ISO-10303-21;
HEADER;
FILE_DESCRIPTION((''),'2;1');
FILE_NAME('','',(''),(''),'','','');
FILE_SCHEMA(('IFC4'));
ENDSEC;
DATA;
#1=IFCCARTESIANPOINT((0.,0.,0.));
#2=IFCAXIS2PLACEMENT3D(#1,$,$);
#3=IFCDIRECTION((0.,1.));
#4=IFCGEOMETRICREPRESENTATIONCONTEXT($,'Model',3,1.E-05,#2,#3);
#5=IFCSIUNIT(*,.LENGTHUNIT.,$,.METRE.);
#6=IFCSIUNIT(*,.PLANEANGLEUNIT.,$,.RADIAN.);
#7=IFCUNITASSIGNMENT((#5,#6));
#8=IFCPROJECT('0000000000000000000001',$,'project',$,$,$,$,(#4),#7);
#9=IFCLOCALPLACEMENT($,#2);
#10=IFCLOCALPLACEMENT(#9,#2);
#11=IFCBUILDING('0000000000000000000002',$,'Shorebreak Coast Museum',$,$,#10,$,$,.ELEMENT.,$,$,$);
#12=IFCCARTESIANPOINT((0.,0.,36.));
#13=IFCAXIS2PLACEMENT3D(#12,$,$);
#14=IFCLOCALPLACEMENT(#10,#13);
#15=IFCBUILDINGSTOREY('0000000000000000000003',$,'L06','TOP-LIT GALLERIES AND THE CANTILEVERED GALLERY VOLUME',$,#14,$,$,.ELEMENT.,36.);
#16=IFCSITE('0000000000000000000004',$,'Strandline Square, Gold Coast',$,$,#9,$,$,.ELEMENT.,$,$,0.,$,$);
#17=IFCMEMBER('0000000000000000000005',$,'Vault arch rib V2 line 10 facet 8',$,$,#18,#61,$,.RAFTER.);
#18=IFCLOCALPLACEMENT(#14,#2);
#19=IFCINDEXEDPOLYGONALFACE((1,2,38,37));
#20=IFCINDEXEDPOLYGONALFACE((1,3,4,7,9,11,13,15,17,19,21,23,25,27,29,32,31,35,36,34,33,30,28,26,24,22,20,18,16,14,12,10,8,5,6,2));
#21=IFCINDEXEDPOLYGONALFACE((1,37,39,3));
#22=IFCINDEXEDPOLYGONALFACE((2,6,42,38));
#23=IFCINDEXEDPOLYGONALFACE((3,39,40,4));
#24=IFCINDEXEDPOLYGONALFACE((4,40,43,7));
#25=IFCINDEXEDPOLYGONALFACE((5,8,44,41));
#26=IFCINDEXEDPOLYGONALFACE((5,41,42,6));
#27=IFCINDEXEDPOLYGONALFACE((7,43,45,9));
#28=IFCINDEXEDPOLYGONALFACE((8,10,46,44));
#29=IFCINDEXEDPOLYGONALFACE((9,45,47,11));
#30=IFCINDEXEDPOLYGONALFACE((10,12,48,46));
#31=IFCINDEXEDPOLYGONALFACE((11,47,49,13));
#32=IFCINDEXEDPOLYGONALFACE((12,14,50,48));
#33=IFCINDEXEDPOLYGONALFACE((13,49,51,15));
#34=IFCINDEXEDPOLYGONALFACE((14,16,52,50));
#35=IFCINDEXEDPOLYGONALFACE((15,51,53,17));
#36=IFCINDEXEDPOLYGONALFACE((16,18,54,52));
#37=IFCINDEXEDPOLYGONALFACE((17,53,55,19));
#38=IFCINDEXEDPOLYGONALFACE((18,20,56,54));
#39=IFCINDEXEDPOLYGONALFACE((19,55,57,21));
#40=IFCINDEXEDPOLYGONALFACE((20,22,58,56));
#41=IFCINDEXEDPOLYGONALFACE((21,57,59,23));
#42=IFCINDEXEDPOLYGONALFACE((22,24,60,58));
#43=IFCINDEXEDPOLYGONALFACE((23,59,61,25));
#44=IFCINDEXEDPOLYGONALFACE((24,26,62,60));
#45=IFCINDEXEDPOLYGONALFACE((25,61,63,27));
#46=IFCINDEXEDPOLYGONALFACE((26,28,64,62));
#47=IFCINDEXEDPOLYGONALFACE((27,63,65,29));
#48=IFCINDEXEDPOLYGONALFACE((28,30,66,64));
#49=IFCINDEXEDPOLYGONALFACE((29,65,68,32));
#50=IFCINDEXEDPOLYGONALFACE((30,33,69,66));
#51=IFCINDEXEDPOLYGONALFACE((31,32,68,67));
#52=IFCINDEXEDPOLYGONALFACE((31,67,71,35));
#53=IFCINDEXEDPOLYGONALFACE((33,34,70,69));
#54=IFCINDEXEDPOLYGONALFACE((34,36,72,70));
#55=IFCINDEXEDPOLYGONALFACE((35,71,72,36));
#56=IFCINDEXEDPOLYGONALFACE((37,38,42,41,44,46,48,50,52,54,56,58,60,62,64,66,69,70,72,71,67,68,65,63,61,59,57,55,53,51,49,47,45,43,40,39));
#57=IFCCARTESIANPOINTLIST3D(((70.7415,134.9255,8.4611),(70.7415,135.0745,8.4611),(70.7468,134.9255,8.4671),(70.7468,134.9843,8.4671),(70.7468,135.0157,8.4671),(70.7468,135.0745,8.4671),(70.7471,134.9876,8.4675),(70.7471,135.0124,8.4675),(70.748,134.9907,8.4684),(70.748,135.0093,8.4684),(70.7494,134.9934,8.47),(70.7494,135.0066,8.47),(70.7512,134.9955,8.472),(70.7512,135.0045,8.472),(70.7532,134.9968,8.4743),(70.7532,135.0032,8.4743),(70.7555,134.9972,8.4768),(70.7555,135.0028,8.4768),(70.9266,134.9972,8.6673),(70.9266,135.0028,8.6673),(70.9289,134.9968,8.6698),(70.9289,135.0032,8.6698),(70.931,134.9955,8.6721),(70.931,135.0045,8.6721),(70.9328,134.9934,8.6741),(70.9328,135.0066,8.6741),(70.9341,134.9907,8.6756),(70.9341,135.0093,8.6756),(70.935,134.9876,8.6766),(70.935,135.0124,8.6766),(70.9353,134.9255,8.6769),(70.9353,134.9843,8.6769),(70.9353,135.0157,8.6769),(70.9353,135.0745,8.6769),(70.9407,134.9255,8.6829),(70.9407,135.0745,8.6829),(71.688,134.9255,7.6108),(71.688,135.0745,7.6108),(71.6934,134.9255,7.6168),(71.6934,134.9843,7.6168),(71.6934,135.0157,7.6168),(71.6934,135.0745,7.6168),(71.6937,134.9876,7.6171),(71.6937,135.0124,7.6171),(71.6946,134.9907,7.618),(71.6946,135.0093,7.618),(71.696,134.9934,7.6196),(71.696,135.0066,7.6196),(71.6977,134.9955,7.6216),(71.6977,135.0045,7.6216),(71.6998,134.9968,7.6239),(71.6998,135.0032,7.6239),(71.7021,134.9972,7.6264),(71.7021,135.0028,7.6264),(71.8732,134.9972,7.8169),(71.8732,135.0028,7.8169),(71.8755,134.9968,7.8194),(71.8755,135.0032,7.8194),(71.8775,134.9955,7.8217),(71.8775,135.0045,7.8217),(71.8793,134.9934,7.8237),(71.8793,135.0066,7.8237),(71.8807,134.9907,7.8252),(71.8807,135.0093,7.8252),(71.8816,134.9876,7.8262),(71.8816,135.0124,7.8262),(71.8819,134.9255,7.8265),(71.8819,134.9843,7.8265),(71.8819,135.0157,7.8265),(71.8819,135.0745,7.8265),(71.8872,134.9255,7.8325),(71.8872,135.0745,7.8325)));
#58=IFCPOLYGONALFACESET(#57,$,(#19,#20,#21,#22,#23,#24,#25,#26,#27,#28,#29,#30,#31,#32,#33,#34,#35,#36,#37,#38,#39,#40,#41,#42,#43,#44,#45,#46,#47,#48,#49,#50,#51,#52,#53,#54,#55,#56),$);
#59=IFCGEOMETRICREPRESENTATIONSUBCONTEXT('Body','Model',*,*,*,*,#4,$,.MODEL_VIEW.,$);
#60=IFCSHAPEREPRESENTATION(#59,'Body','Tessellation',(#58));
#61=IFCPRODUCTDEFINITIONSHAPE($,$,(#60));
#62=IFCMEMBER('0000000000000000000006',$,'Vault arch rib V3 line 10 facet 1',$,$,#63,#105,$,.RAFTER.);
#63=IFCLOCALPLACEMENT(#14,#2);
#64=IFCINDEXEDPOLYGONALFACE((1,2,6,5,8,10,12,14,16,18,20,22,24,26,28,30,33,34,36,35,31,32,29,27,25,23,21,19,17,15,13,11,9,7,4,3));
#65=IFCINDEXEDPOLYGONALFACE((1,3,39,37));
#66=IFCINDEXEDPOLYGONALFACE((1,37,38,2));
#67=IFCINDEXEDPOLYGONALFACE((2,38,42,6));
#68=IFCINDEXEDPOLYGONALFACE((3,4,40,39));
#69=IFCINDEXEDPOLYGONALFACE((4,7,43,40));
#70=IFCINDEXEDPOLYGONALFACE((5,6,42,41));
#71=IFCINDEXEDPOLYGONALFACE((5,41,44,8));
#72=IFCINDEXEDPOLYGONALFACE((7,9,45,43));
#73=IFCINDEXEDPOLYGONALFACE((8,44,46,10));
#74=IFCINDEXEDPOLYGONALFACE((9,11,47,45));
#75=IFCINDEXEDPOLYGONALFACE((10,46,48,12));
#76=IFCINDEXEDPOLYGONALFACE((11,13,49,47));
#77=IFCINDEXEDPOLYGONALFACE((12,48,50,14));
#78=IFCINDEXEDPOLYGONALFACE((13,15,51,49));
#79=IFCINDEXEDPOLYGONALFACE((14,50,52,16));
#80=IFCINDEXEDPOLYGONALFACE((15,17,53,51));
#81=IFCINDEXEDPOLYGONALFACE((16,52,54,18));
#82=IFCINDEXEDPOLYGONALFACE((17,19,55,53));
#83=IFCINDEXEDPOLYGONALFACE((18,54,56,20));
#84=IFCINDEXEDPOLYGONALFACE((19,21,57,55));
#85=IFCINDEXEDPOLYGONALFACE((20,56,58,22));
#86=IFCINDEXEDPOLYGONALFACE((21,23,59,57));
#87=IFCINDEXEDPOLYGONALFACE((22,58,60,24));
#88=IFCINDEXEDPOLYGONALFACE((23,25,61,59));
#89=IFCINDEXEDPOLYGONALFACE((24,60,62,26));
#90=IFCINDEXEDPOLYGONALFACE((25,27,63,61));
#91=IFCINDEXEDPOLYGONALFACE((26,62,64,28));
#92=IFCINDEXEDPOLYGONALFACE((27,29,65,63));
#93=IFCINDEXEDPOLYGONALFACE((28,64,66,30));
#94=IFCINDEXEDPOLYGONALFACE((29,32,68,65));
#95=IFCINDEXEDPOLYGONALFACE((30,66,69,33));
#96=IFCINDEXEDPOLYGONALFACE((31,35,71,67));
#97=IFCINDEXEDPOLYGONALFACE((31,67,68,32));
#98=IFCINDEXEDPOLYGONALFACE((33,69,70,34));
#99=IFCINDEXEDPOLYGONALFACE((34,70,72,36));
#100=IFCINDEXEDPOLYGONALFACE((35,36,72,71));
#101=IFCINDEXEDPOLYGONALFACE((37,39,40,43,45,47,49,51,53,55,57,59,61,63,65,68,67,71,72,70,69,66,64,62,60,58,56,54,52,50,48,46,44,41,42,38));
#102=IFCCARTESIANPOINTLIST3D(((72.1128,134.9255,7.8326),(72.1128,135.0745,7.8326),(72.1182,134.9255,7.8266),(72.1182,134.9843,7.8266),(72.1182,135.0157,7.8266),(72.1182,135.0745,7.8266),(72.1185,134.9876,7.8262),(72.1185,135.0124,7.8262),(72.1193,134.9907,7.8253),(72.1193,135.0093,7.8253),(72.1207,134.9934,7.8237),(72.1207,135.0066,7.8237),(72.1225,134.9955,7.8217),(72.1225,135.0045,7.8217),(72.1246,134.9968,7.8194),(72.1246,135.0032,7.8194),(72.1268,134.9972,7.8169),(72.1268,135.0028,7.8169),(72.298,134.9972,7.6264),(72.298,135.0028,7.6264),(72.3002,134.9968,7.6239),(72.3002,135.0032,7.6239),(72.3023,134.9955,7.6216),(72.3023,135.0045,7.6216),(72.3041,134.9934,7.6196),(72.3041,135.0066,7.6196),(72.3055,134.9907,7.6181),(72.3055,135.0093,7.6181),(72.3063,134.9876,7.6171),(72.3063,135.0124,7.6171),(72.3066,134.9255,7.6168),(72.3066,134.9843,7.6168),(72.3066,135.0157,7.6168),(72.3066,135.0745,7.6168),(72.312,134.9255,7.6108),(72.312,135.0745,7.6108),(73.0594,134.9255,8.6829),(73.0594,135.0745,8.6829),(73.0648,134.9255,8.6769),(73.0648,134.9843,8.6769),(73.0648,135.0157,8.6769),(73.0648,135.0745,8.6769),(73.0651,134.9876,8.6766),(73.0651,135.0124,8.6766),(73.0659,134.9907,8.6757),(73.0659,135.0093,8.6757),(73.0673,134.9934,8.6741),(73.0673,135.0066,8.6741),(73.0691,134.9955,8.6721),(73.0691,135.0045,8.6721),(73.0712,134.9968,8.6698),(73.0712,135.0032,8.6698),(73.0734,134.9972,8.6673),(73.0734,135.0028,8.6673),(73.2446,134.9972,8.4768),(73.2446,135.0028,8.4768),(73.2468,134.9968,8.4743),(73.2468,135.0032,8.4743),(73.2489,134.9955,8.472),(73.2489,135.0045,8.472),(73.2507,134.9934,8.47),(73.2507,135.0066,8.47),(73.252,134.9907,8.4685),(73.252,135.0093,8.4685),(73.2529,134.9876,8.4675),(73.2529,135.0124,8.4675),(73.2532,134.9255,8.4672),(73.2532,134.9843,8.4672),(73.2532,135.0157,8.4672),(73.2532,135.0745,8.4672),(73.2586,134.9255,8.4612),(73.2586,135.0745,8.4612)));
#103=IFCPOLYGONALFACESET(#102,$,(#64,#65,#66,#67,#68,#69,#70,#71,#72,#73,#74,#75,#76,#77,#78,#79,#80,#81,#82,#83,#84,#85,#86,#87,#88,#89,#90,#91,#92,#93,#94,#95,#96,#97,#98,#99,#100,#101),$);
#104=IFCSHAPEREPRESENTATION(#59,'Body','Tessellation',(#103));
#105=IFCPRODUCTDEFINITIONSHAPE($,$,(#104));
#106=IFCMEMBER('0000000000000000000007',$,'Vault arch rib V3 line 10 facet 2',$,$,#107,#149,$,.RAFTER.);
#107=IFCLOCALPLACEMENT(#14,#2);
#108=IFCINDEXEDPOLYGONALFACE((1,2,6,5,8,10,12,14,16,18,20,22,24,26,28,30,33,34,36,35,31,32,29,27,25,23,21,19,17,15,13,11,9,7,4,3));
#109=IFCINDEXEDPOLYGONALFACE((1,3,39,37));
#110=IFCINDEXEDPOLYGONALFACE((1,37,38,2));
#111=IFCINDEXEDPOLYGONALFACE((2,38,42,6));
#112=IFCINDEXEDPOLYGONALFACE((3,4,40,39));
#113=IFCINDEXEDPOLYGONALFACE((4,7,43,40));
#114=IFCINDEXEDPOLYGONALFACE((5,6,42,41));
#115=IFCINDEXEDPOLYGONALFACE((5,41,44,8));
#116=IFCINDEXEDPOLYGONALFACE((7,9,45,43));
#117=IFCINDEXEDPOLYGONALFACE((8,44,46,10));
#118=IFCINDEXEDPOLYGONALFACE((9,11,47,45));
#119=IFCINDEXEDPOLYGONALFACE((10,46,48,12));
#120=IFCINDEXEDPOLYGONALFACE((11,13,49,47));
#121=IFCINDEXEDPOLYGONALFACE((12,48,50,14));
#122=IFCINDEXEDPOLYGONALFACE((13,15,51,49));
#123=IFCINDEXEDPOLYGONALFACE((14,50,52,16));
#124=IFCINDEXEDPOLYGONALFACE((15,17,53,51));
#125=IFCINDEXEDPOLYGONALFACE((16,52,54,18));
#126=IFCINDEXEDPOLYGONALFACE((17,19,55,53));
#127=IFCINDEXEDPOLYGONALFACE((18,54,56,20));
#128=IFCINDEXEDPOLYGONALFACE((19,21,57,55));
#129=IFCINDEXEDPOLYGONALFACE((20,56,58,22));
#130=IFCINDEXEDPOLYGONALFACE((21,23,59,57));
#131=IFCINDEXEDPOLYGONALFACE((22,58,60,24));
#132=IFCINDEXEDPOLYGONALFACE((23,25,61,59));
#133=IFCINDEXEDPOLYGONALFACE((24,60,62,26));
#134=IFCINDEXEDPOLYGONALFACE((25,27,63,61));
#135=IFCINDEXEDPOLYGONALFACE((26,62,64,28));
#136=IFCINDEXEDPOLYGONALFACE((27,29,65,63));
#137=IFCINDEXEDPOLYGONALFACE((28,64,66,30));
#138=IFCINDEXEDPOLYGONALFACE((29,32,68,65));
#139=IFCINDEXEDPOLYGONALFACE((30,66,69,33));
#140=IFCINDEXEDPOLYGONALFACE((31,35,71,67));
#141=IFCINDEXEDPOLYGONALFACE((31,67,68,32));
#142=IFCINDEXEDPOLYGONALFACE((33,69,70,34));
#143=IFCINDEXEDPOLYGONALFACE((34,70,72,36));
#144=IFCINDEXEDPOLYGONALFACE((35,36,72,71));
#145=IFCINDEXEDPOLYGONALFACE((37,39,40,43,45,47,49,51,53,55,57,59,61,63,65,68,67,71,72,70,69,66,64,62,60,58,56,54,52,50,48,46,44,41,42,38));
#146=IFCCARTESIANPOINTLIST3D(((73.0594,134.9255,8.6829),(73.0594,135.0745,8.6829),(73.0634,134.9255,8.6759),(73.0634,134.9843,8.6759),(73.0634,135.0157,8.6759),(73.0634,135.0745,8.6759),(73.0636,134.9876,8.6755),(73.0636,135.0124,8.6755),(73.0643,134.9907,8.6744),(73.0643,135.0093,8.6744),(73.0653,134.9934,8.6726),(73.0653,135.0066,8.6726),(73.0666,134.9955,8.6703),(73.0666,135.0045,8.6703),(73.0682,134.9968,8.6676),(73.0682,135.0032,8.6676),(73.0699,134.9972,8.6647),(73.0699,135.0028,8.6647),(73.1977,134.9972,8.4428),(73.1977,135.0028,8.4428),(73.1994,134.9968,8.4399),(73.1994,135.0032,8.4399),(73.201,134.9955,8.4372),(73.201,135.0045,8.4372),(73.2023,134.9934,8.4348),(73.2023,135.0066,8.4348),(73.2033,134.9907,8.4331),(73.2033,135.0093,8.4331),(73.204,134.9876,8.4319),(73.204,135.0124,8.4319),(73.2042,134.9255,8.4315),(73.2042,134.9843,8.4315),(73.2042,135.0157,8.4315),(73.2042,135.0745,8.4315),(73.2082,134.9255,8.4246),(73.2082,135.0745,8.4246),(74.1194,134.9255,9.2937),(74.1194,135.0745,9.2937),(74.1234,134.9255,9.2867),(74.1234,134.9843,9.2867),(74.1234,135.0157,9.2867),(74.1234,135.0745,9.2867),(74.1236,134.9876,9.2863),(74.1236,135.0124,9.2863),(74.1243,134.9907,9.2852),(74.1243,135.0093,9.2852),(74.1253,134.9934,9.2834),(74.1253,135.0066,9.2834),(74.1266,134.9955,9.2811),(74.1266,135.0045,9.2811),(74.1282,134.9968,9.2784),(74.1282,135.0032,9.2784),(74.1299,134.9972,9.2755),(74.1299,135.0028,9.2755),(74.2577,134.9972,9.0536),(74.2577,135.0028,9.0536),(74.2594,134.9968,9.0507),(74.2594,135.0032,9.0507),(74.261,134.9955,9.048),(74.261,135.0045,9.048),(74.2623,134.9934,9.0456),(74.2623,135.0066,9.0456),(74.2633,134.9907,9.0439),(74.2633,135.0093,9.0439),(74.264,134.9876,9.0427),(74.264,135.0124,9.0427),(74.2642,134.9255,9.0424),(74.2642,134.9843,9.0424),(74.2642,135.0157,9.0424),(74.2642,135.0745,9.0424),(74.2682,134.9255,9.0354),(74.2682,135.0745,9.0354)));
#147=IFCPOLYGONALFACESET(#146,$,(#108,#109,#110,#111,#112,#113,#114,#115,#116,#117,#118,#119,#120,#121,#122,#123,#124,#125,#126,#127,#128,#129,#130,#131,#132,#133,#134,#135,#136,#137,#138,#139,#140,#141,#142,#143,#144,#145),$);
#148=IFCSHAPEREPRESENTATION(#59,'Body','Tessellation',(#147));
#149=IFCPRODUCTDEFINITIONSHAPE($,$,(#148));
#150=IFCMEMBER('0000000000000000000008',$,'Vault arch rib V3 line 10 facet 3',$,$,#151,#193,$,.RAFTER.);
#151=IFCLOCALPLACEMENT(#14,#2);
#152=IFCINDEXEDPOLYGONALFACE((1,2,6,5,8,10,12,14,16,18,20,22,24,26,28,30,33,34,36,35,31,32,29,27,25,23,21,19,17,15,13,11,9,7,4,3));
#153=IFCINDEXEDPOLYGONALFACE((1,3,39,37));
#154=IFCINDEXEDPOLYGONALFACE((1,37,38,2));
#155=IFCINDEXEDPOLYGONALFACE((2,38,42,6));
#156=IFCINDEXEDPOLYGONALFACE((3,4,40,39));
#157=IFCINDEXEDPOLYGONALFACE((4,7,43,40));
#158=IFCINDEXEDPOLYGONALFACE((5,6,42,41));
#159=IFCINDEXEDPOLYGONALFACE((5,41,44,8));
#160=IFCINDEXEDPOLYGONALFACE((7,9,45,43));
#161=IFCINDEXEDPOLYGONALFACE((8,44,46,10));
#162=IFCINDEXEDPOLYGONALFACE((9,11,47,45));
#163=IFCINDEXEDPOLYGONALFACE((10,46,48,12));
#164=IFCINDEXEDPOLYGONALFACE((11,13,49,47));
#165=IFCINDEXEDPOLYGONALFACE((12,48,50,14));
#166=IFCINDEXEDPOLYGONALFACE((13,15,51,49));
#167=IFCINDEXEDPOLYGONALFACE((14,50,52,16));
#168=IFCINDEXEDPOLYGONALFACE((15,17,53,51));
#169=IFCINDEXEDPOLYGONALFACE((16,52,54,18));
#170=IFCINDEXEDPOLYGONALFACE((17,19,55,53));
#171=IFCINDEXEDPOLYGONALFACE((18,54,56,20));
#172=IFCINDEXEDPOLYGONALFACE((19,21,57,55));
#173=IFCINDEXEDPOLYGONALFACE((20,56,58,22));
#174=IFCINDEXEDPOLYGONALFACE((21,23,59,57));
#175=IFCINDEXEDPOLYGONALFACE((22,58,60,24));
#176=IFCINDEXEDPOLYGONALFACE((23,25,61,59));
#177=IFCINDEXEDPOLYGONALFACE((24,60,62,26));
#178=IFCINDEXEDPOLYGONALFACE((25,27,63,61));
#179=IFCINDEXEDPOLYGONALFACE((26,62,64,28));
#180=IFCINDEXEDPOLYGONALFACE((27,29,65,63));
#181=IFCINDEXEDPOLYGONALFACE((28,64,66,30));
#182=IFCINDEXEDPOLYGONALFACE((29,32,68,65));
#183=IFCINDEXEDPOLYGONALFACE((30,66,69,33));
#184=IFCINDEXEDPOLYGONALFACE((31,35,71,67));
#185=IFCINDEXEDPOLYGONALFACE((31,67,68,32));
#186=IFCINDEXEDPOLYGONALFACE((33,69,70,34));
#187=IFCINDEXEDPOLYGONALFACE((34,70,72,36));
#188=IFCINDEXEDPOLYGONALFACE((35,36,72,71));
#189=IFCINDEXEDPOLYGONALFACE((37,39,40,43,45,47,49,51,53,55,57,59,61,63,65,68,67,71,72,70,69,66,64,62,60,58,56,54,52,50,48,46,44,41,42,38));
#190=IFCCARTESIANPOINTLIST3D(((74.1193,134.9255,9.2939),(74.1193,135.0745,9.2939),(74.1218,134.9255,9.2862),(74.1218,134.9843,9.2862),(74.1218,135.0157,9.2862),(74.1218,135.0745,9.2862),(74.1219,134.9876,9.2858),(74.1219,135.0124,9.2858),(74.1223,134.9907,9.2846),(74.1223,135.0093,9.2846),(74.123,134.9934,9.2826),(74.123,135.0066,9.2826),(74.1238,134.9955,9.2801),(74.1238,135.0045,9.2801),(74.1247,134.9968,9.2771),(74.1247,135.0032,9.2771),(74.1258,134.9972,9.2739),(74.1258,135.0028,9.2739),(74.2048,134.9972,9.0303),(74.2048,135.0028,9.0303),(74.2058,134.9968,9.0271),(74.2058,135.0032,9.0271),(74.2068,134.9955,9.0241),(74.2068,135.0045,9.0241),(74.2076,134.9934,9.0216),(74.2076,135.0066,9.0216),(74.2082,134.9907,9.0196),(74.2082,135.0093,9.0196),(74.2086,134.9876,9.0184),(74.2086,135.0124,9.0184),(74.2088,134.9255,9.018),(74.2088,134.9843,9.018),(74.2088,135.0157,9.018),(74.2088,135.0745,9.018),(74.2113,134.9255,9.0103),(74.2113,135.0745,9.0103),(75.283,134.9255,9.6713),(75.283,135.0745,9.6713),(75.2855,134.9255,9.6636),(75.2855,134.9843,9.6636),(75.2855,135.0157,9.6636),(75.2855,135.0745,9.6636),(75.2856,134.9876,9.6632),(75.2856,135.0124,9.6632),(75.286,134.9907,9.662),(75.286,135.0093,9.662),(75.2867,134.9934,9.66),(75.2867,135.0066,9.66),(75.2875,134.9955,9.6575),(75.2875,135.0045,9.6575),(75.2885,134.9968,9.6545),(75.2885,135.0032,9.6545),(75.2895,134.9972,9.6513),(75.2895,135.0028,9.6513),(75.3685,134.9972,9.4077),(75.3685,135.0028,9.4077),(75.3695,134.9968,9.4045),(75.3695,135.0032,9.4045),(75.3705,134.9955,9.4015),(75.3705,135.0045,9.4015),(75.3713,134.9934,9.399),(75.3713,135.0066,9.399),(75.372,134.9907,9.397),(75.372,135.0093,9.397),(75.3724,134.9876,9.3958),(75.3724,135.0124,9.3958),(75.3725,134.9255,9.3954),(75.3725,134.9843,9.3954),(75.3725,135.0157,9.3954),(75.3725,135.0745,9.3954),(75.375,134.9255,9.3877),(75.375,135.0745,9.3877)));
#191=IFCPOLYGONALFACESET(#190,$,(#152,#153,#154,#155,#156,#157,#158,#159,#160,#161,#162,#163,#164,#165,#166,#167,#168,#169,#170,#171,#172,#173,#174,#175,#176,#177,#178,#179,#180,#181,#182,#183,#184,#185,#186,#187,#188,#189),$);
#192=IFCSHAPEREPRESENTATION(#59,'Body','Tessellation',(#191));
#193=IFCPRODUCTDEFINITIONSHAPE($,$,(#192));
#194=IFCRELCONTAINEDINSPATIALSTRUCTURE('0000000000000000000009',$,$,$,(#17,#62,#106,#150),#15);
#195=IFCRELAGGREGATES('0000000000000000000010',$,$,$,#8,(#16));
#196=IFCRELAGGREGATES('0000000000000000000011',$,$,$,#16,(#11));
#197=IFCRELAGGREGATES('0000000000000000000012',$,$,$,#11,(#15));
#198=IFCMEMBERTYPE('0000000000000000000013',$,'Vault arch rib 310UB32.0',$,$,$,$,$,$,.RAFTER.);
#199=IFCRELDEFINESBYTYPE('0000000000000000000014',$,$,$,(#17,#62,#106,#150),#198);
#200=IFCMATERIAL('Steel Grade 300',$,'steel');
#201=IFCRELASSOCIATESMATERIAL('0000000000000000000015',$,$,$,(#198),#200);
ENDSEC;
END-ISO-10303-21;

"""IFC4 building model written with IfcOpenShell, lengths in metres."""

from ifc_helpers import new_model, si_unit, direction, frame, origin, origin_2d, place, context, subcontext, project, spatial, i_section, extrude, material, material_profile, profile_set, type_object, element, save


model = new_model("IFC4")

# Units and contexts
model_context = context("Model", 3, precision=1e-05, world=origin(), true_north=direction((0.0, 1.0)))
body_context = subcontext(model_context, "Body", "Model", "MODEL_VIEW")
ifc_project = project(units=[si_unit("LENGTHUNIT", "METRE"), si_unit("PLANEANGLEUNIT", "RADIAN")], contexts=[model_context])

# Site, building, storey
site_placement = place(None, origin())
site = spatial("IfcSite", under=ifc_project, at=site_placement, Name="Strandline Square, Gold Coast", CompositionType="ELEMENT", RefElevation=0.0)
building_placement = place(site_placement, origin())
building = spatial("IfcBuilding", under=site, at=building_placement, Name="Shorebreak Coast Museum", CompositionType="ELEMENT")
storey_placement = place(building_placement, frame((0.0, 0.0, 36.0)))
storey = spatial("IfcBuildingStorey", under=building, at=storey_placement, Name="L06", Description="TOP-LIT GALLERIES AND THE CANTILEVERED GALLERY VOLUME", CompositionType="ELEMENT", Elevation=36.0)

# Members
ifc_material_1 = material(Name="Steel Grade 300", Category="steel")
ifc_material_profile_1 = material_profile(ifc_material_1, i_section(OverallWidth=0.1489, OverallDepth=0.2981, WebThickness=0.0056, FlangeThickness=0.0081, FilletRadius=0.0129, at=origin_2d()), Name="310UB32.0")
ifc_profile_set_1 = profile_set([ifc_material_profile_1], Name="Steel Grade 300")
member_type_1 = type_object("IfcMemberType", Name="Vault arch rib 310UB32.0", PredefinedType="RAFTER", material=ifc_profile_set_1)
for number, where, z_axis, x_axis, name in (
    (1, (70.8411, 135.0, 8.572), (0.743895, 0.0, -0.668297), (0.0, 1.0, 0.0), "Vault arch rib V2 line 10 facet 8"),
    (2, (72.2124, 135.0, 7.7217), (0.743895, 0.0, 0.668297), (0.0, 1.0, 0.0), "Vault arch rib V3 line 10 facet 1"),
):
    element("IfcMember", number, at=place(storey_placement, frame(where, z_axis=z_axis, x_axis=x_axis)), inside=storey, type_object=member_type_1, Name=name, PredefinedType="RAFTER", context=body_context, shape_type="SweptSolid", body=[
        extrude(i_section(OverallWidth=0.1489, OverallDepth=0.2981, WebThickness=0.0056, FlangeThickness=0.0081, FilletRadius=0.0129, at=origin_2d()), origin(), (0.0, 0.0, 1.0), 1.2725),
    ])
for number, where, z_axis, x_axis, name in (
    (3, (73.1338, 135.0, 8.5537), (0.866445, 0.0, 0.499273), (0.0, 1.0, 0.0), "Vault arch rib V3 line 10 facet 2"),
    (4, (74.1653, 135.0, 9.1521), (0.951226, 0.0, 0.308495), (0.0, 1.0, 0.0), "Vault arch rib V3 line 10 facet 3"),
):
    element("IfcMember", number, at=place(storey_placement, frame(where, z_axis=z_axis, x_axis=x_axis)), inside=storey, type_object=member_type_1, Name=name, PredefinedType="RAFTER", context=body_context, shape_type="SweptSolid", body=[
        extrude(i_section(OverallWidth=0.1489, OverallDepth=0.2981, WebThickness=0.0056, FlangeThickness=0.0081, FilletRadius=0.0129, at=origin_2d()), origin(), (0.0, 0.0, 1.0), 1.2234),
    ])

save(model, "model.ifc")
